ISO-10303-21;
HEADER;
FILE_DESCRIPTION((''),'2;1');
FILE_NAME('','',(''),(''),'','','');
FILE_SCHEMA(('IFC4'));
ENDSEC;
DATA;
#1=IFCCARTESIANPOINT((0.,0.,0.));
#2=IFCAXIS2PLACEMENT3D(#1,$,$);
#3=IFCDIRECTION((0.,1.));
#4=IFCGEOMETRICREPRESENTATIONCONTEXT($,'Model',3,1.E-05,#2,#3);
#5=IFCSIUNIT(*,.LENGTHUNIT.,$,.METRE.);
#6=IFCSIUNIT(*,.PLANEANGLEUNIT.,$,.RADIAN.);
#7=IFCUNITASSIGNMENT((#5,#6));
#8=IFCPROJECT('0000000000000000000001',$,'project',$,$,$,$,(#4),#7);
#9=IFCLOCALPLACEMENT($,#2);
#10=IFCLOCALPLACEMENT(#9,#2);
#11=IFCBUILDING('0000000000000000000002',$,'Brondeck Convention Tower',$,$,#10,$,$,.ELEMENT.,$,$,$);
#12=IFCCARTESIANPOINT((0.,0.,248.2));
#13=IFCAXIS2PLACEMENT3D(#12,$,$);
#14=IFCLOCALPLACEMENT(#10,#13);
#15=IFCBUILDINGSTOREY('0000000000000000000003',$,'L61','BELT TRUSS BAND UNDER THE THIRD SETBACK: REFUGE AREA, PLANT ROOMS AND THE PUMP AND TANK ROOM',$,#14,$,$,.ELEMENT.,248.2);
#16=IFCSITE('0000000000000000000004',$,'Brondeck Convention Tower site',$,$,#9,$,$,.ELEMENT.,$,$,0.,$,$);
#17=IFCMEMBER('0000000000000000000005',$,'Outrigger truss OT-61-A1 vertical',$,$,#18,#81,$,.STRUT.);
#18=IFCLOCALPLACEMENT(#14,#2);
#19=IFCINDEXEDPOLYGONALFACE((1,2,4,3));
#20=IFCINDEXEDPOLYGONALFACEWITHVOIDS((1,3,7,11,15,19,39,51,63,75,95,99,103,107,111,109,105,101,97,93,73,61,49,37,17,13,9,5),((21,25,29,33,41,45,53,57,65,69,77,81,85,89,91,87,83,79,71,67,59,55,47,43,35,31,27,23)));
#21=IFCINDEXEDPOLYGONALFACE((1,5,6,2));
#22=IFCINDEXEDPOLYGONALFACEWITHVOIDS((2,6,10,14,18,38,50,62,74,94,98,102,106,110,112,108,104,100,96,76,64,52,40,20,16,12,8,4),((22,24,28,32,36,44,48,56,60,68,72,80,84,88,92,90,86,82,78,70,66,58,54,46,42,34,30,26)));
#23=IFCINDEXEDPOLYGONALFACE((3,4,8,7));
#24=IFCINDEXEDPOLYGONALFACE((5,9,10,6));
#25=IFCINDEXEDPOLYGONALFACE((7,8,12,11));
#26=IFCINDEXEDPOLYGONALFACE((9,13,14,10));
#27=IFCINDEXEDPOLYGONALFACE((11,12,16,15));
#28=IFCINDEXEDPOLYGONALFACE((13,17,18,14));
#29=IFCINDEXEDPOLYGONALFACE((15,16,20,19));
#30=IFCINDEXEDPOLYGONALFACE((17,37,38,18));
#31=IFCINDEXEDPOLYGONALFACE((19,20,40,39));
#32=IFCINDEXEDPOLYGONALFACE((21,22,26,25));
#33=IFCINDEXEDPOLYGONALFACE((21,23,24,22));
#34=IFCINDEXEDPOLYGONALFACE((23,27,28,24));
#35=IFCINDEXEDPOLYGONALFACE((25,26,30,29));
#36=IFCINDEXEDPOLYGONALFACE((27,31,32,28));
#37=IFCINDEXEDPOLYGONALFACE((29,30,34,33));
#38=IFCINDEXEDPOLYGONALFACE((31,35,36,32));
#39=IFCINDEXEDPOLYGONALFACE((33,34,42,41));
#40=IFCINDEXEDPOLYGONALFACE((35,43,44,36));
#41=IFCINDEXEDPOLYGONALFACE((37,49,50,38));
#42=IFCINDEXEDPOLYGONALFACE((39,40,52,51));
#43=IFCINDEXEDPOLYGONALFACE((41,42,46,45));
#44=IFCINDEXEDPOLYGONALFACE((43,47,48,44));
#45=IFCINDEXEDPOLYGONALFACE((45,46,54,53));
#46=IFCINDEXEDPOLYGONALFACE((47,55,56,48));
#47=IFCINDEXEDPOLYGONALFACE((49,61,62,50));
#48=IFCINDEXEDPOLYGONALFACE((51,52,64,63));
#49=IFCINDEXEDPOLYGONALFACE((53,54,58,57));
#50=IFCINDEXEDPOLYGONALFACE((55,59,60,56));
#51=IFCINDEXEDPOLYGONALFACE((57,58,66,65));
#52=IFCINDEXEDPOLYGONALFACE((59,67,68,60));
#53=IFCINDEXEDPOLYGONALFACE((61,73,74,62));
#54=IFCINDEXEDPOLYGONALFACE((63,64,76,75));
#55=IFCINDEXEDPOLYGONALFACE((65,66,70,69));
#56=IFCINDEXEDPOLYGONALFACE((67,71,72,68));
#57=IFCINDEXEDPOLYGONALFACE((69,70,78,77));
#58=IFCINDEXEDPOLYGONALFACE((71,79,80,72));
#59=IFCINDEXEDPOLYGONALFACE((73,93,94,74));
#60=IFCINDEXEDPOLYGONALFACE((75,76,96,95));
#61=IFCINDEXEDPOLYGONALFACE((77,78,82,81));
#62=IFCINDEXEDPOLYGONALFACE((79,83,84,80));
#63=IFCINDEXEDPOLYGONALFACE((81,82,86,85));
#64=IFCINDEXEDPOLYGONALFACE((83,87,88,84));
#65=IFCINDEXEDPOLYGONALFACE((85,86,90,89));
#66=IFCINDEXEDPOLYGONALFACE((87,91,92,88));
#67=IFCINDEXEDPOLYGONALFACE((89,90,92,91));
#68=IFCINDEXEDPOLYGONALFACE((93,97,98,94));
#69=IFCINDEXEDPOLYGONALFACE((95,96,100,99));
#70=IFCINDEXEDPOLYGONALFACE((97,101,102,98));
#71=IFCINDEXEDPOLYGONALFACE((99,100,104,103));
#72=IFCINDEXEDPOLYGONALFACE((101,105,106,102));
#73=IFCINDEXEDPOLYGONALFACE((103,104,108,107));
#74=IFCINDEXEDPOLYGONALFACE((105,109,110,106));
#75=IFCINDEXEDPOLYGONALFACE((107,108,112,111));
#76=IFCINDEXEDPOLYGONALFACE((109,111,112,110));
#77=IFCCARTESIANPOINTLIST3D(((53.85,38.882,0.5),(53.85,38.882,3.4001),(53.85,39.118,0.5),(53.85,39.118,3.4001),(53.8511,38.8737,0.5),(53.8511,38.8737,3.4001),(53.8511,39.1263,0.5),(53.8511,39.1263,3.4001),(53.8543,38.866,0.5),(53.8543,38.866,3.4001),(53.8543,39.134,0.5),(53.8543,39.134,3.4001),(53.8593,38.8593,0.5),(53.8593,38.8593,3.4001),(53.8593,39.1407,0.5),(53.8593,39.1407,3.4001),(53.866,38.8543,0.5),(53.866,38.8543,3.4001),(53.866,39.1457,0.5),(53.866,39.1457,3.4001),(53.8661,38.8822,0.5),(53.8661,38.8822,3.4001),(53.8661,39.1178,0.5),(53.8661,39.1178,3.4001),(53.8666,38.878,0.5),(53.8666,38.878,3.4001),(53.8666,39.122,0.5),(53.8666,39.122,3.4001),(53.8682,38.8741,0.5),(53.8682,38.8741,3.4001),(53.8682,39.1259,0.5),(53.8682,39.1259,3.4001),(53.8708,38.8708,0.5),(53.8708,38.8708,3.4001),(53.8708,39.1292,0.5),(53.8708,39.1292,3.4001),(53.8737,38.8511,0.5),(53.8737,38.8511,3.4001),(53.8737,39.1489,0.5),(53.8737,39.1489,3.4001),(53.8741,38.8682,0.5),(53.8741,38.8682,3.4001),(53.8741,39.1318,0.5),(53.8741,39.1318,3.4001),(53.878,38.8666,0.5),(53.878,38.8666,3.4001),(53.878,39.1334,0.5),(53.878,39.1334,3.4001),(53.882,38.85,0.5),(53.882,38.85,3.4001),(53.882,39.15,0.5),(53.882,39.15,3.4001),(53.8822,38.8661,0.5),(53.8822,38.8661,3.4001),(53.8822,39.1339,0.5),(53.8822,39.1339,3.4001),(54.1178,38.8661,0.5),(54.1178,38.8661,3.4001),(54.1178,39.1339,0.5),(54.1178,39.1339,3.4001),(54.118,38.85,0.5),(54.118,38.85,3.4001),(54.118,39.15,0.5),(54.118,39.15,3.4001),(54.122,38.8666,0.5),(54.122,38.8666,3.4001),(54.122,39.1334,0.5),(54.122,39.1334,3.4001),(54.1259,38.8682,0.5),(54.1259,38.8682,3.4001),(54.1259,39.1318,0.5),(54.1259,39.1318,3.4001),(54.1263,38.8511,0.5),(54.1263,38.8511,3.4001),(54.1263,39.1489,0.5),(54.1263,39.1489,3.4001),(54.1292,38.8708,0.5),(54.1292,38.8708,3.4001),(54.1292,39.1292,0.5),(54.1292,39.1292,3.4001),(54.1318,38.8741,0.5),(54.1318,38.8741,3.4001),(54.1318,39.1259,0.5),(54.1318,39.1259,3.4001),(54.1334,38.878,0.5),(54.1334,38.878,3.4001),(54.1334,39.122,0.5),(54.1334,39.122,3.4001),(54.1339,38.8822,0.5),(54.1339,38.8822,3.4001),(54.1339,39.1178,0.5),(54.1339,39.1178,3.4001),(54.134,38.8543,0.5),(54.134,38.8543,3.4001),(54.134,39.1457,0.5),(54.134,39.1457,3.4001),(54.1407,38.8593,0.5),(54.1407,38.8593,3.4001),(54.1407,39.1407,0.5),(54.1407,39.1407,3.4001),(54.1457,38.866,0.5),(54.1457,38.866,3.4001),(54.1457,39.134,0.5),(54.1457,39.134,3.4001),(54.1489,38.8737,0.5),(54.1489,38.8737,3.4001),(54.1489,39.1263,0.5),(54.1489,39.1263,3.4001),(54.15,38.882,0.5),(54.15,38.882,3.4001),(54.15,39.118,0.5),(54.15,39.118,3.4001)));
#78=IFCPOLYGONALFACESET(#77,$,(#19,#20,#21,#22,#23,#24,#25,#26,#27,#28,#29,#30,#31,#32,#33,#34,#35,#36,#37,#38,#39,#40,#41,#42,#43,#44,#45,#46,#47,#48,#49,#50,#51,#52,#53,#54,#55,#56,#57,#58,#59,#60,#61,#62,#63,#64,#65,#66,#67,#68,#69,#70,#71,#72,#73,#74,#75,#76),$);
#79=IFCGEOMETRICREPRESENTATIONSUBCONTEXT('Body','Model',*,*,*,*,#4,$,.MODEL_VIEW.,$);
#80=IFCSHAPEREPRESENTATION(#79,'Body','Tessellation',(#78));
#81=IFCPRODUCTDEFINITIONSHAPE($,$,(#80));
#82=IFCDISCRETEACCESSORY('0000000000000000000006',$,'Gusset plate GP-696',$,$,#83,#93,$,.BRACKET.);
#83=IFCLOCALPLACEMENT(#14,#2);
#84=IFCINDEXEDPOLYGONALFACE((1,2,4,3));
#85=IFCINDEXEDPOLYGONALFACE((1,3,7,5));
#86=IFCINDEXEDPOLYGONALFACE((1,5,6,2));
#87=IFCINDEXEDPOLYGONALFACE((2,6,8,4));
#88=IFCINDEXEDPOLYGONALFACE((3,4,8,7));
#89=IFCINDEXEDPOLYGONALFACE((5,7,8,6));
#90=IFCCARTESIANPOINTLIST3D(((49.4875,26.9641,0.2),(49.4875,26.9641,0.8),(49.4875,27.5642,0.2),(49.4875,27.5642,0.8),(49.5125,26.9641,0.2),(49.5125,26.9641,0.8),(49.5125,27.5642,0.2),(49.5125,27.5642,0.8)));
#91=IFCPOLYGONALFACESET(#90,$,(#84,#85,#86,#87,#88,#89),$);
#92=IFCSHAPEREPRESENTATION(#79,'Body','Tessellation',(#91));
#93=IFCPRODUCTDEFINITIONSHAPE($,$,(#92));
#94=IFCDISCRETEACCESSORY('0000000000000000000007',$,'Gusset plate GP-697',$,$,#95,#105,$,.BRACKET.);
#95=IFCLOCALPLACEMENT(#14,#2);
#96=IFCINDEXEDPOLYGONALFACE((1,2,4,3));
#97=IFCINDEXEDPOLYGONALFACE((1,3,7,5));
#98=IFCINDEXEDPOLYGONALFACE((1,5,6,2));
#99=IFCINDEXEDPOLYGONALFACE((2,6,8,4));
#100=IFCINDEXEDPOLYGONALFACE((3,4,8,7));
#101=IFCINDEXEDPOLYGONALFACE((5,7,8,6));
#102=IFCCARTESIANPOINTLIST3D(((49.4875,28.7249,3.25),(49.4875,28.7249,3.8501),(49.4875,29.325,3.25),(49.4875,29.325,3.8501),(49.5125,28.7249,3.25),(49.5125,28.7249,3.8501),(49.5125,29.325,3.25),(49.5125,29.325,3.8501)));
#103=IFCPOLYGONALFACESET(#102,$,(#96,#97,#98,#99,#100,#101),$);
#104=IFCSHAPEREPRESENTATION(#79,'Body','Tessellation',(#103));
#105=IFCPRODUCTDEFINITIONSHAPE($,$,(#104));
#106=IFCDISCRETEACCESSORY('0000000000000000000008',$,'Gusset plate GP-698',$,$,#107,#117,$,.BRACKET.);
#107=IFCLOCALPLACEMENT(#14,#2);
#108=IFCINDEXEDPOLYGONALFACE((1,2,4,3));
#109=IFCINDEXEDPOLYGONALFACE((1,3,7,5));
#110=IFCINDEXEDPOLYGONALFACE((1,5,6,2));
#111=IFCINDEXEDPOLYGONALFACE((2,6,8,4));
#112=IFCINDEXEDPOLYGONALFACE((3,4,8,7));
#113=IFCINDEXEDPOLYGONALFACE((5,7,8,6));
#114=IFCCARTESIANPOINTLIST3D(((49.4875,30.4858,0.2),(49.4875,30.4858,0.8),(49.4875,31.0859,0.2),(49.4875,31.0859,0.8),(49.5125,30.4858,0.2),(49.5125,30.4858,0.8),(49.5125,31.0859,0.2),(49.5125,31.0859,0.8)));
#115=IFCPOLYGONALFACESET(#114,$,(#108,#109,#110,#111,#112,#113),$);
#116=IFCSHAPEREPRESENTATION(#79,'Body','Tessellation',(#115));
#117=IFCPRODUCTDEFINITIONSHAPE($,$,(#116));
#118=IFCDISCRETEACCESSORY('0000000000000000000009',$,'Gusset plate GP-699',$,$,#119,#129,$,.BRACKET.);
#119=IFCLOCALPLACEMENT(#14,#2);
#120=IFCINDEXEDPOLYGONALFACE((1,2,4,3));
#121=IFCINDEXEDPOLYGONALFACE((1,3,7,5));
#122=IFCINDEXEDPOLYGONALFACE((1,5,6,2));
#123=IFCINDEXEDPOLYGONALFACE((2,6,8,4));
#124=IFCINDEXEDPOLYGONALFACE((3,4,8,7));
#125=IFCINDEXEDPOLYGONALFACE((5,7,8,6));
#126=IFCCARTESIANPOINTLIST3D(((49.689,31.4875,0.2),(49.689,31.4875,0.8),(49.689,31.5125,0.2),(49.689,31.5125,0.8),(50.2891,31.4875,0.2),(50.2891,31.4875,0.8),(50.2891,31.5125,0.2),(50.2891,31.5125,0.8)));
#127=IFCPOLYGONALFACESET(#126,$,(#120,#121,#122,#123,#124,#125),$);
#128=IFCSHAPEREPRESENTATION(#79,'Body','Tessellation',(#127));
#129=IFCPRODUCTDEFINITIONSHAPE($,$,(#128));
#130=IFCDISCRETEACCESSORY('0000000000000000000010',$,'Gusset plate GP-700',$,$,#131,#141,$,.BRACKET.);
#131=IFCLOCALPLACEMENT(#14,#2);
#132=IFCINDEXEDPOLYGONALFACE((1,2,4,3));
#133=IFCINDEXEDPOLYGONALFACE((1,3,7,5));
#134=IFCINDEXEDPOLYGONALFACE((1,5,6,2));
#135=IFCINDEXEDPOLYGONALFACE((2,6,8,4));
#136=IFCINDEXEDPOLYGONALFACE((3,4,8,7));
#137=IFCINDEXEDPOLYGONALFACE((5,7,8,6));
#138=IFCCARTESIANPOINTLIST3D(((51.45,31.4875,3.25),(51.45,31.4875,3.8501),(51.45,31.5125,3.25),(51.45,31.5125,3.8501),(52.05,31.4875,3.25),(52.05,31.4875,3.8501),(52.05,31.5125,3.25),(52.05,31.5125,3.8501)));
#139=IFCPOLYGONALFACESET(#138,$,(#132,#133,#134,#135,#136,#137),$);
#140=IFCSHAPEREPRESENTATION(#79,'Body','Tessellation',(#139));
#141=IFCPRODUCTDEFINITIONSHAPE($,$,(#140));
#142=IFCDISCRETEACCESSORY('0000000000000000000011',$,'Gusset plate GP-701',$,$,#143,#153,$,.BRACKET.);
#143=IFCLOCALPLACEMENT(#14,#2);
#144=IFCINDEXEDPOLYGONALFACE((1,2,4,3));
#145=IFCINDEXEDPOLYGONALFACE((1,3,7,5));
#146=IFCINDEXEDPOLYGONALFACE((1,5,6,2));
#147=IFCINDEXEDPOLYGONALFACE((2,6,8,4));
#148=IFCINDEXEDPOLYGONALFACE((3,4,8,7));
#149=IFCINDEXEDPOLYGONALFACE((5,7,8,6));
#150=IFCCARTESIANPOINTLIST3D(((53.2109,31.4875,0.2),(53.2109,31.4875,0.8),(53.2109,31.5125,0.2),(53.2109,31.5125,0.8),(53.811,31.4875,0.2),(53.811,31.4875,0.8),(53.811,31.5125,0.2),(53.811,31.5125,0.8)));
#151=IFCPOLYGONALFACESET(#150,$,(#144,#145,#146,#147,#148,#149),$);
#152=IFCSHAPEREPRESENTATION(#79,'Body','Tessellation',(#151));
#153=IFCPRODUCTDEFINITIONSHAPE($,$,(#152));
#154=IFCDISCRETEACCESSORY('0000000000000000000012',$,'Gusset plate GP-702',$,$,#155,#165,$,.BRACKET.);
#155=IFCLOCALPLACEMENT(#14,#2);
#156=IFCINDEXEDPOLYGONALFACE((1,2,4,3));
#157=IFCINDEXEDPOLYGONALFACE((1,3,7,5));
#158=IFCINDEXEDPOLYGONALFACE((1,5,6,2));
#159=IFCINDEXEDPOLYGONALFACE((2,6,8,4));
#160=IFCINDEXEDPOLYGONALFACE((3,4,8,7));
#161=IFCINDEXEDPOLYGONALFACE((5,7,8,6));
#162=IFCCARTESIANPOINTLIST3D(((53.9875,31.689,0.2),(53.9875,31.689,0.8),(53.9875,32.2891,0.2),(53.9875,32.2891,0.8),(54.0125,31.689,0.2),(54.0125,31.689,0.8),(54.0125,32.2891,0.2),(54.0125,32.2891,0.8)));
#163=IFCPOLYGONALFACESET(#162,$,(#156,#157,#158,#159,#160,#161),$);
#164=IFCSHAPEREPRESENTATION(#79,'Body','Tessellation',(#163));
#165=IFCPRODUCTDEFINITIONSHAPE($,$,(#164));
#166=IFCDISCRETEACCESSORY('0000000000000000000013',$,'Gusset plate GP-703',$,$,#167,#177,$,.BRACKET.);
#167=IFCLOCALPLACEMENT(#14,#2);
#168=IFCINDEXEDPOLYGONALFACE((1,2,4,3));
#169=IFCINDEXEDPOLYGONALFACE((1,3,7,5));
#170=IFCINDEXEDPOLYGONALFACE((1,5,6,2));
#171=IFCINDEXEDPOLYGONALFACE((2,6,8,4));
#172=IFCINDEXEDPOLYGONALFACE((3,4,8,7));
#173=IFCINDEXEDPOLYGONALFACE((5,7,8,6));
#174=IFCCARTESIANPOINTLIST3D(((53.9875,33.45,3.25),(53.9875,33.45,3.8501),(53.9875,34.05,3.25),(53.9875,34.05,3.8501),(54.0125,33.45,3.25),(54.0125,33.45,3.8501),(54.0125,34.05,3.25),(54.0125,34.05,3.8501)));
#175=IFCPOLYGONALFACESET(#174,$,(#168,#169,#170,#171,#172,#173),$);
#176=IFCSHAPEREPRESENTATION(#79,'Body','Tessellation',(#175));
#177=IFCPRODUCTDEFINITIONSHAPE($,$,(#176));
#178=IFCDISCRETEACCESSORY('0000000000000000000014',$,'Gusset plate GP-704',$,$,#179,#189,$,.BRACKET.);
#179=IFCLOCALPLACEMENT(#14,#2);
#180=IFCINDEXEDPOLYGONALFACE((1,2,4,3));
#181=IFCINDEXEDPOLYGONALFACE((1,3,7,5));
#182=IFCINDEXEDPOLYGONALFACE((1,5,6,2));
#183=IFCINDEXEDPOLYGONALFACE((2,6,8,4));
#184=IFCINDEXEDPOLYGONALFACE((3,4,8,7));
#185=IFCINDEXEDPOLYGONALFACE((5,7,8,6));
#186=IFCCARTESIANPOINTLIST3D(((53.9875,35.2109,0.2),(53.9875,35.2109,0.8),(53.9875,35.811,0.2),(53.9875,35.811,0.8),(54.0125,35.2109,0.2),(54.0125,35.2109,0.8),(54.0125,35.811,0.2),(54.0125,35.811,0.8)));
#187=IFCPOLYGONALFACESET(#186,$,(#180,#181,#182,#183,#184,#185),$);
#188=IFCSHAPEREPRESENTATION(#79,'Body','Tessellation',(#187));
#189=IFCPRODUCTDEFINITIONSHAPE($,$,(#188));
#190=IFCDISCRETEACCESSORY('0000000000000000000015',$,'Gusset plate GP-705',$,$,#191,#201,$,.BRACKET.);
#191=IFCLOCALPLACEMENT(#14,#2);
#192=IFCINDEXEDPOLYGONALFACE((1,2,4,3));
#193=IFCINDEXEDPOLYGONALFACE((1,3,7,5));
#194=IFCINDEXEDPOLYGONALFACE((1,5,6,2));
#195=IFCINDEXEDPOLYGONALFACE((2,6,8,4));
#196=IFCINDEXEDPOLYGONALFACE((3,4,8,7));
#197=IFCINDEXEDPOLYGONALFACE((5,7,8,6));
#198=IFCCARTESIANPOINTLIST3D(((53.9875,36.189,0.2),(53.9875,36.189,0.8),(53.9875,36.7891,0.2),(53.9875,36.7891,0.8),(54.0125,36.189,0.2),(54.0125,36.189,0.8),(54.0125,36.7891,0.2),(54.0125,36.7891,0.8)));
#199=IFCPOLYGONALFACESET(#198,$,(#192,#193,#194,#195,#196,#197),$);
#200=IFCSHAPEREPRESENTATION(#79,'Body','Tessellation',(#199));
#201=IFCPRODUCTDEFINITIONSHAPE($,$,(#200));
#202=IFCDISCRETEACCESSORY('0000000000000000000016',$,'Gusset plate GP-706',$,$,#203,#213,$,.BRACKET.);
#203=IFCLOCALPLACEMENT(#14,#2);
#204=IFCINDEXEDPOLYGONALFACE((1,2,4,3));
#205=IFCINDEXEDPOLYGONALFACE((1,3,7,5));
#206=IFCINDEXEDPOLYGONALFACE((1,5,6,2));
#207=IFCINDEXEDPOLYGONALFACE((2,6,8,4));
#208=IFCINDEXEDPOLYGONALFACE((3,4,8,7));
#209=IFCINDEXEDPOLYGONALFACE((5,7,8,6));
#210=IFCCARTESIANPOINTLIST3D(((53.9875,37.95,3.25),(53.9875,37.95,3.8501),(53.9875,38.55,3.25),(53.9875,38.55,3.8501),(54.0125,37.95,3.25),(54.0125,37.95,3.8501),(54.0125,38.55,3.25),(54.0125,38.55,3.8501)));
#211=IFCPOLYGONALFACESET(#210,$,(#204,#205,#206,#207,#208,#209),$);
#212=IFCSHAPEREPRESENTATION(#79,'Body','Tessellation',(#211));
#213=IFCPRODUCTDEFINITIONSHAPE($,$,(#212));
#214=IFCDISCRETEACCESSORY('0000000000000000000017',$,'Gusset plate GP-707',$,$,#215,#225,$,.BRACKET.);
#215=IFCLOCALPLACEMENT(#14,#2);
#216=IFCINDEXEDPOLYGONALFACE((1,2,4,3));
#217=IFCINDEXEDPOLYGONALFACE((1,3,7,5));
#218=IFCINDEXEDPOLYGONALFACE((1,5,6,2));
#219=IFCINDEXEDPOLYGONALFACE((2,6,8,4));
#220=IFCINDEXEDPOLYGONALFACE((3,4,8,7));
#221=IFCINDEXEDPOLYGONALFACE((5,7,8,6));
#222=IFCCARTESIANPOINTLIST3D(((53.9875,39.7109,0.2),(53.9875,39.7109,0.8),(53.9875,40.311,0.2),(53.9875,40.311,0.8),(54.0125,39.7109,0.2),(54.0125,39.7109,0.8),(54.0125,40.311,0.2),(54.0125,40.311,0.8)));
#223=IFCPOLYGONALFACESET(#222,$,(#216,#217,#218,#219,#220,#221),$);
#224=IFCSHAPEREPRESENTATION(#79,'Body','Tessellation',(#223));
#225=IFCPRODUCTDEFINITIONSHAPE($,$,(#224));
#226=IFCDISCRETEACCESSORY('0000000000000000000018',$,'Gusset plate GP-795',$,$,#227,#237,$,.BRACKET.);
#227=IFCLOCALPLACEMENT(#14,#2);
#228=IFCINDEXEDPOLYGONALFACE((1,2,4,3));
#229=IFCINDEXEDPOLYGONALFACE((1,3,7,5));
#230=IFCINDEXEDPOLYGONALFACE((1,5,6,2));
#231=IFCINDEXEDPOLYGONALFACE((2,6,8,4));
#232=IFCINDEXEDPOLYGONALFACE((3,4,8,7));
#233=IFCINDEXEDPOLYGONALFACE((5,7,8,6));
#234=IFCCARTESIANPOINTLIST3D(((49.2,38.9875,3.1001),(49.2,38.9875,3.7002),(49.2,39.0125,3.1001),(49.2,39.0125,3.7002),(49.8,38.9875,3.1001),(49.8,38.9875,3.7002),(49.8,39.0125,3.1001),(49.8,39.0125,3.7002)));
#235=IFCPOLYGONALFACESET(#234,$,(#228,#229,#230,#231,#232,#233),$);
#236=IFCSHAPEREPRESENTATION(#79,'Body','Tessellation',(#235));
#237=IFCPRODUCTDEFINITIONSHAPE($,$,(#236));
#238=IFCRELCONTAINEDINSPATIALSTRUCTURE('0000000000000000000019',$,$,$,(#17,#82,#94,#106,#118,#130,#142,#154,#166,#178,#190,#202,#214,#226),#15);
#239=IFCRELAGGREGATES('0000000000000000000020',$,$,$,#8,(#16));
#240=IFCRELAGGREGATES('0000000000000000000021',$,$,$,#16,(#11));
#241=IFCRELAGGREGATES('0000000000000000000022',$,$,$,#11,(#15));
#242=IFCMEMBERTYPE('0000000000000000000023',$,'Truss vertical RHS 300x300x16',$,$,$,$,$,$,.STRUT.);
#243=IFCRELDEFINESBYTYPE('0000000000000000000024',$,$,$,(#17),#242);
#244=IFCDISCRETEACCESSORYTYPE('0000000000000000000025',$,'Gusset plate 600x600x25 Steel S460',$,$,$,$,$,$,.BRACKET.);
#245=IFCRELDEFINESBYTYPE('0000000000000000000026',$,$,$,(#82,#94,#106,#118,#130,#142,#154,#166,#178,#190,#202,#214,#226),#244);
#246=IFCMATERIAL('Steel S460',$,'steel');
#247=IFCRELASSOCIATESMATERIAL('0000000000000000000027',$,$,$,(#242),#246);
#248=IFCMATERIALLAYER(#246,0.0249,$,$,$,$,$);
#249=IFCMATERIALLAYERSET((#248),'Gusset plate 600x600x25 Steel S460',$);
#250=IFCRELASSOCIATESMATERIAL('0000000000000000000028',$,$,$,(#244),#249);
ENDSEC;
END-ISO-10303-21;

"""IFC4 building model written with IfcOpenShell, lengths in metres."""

from ifc_helpers import new_model, si_unit, direction, frame, origin, origin_2d, place, context, subcontext, project, spatial, rectangle, hollow_rectangle, extrude, material, layer, layer_set, material_profile, profile_set, type_object, element, save


model = new_model("IFC4")

# Units and contexts
model_context = context("Model", 3, precision=1e-05, world=origin(), true_north=direction((0.0, 1.0)))
body_context = subcontext(model_context, "Body", "Model", "MODEL_VIEW")
ifc_project = project(units=[si_unit("LENGTHUNIT", "METRE"), si_unit("PLANEANGLEUNIT", "RADIAN")], contexts=[model_context])

# Site, building, storey
site_placement = place(None, origin())
site = spatial("IfcSite", under=ifc_project, at=site_placement, Name="Brondeck Convention Tower site", CompositionType="ELEMENT", RefElevation=0.0)
building_placement = place(site_placement, origin())
building = spatial("IfcBuilding", under=site, at=building_placement, Name="Brondeck Convention Tower", CompositionType="ELEMENT")
storey_placement = place(building_placement, frame((0.0, 0.0, 248.2)))
storey = spatial("IfcBuildingStorey", under=building, at=storey_placement, Name="L61", Description="BELT TRUSS BAND UNDER THE THIRD SETBACK: REFUGE AREA, PLANT ROOMS AND THE PUMP AND TANK ROOM", CompositionType="ELEMENT", Elevation=248.2)

# Shared definitions
ifc_material_1 = material(Name="Steel S460", Category="steel")

# Member
ifc_material_profile_1 = material_profile(ifc_material_1, hollow_rectangle(XDim=0.3, YDim=0.3, WallThickness=0.0161, InnerFilletRadius=0.0161, OuterFilletRadius=0.032, at=origin_2d()), Name="RHS 300x300x16")
ifc_profile_set_1 = profile_set([ifc_material_profile_1], Name="Steel S460")
member_type_1 = type_object("IfcMemberType", Name="Truss vertical RHS 300x300x16", PredefinedType="STRUT", material=ifc_profile_set_1)
for number, where, z_axis, x_axis, name in (
    (1, (54.0, 39.0, 0.5), (0.0, 0.0, 1.0), (1.0, 0.0, 0.0), "Outrigger truss OT-61-A1 vertical"),
):
    element("IfcMember", number, at=place(storey_placement, frame(where, z_axis=z_axis, x_axis=x_axis)), inside=storey, type_object=member_type_1, Name=name, PredefinedType="STRUT", context=body_context, shape_type="SweptSolid", body=[
        extrude(hollow_rectangle(XDim=0.3, YDim=0.3, WallThickness=0.0161, InnerFilletRadius=0.0161, OuterFilletRadius=0.032, at=origin_2d()), origin(), (0.0, 0.0, 1.0), 2.9001),
    ])

# Discrete accessories
ifc_layer = layer(ifc_material_1, 0.0249)
ifc_layer_set = layer_set([ifc_layer], Name="Gusset plate 600x600x25 Steel S460")
discrete_accessory_type = type_object("IfcDiscreteAccessoryType", Name="Gusset plate 600x600x25 Steel S460", PredefinedType="BRACKET", material=ifc_layer_set)
for number, where, z_axis, x_axis, name in (
    (2, (49.5, 27.2642, 0.2), (0.0, 0.0, 1.0), (0.0, 1.0, 0.0), "Gusset plate GP-696"),
    (3, (49.5, 29.0249, 3.25), (0.0, 0.0, 1.0), (0.0, 1.0, 0.0), "Gusset plate GP-697"),
    (4, (49.5, 30.7859, 0.2), (0.0, 0.0, 1.0), (0.0, 1.0, 0.0), "Gusset plate GP-698"),
    (5, (49.989, 31.5, 0.2), (0.0, 0.0, 1.0), (1.0, 0.0, 0.0), "Gusset plate GP-699"),
    (6, (51.75, 31.5, 3.25), (0.0, 0.0, 1.0), (1.0, 0.0, 0.0), "Gusset plate GP-700"),
    (7, (53.511, 31.5, 0.2), (0.0, 0.0, 1.0), (1.0, 0.0, 0.0), "Gusset plate GP-701"),
    (8, (54.0, 31.989, 0.2), (0.0, 0.0, 1.0), (0.0, 1.0, 0.0), "Gusset plate GP-702"),
    (9, (54.0, 33.75, 3.25), (0.0, 0.0, 1.0), (0.0, 1.0, 0.0), "Gusset plate GP-703"),
    (10, (54.0, 35.511, 0.2), (0.0, 0.0, 1.0), (0.0, 1.0, 0.0), "Gusset plate GP-704"),
    (11, (54.0, 36.489, 0.2), (0.0, 0.0, 1.0), (0.0, 1.0, 0.0), "Gusset plate GP-705"),
    (12, (54.0, 38.25, 3.25), (0.0, 0.0, 1.0), (0.0, 1.0, 0.0), "Gusset plate GP-706"),
    (13, (54.0, 40.011, 0.2), (0.0, 0.0, 1.0), (0.0, 1.0, 0.0), "Gusset plate GP-707"),
    (14, (49.5, 39.0, 3.1001), (0.0, 0.0, 1.0), (1.0, 0.0, 0.0), "Gusset plate GP-795"),
):
    element("IfcDiscreteAccessory", number, at=place(storey_placement, frame(where, z_axis=z_axis, x_axis=x_axis)), inside=storey, type_object=discrete_accessory_type, Name=name, PredefinedType="BRACKET", context=body_context, shape_type="SweptSolid", body=[
        extrude(rectangle(XDim=0.6001, YDim=0.0249, at=origin_2d()), origin(), (0.0, 0.0, 1.0), 0.6001),
    ])

save(model, "model.ifc")
